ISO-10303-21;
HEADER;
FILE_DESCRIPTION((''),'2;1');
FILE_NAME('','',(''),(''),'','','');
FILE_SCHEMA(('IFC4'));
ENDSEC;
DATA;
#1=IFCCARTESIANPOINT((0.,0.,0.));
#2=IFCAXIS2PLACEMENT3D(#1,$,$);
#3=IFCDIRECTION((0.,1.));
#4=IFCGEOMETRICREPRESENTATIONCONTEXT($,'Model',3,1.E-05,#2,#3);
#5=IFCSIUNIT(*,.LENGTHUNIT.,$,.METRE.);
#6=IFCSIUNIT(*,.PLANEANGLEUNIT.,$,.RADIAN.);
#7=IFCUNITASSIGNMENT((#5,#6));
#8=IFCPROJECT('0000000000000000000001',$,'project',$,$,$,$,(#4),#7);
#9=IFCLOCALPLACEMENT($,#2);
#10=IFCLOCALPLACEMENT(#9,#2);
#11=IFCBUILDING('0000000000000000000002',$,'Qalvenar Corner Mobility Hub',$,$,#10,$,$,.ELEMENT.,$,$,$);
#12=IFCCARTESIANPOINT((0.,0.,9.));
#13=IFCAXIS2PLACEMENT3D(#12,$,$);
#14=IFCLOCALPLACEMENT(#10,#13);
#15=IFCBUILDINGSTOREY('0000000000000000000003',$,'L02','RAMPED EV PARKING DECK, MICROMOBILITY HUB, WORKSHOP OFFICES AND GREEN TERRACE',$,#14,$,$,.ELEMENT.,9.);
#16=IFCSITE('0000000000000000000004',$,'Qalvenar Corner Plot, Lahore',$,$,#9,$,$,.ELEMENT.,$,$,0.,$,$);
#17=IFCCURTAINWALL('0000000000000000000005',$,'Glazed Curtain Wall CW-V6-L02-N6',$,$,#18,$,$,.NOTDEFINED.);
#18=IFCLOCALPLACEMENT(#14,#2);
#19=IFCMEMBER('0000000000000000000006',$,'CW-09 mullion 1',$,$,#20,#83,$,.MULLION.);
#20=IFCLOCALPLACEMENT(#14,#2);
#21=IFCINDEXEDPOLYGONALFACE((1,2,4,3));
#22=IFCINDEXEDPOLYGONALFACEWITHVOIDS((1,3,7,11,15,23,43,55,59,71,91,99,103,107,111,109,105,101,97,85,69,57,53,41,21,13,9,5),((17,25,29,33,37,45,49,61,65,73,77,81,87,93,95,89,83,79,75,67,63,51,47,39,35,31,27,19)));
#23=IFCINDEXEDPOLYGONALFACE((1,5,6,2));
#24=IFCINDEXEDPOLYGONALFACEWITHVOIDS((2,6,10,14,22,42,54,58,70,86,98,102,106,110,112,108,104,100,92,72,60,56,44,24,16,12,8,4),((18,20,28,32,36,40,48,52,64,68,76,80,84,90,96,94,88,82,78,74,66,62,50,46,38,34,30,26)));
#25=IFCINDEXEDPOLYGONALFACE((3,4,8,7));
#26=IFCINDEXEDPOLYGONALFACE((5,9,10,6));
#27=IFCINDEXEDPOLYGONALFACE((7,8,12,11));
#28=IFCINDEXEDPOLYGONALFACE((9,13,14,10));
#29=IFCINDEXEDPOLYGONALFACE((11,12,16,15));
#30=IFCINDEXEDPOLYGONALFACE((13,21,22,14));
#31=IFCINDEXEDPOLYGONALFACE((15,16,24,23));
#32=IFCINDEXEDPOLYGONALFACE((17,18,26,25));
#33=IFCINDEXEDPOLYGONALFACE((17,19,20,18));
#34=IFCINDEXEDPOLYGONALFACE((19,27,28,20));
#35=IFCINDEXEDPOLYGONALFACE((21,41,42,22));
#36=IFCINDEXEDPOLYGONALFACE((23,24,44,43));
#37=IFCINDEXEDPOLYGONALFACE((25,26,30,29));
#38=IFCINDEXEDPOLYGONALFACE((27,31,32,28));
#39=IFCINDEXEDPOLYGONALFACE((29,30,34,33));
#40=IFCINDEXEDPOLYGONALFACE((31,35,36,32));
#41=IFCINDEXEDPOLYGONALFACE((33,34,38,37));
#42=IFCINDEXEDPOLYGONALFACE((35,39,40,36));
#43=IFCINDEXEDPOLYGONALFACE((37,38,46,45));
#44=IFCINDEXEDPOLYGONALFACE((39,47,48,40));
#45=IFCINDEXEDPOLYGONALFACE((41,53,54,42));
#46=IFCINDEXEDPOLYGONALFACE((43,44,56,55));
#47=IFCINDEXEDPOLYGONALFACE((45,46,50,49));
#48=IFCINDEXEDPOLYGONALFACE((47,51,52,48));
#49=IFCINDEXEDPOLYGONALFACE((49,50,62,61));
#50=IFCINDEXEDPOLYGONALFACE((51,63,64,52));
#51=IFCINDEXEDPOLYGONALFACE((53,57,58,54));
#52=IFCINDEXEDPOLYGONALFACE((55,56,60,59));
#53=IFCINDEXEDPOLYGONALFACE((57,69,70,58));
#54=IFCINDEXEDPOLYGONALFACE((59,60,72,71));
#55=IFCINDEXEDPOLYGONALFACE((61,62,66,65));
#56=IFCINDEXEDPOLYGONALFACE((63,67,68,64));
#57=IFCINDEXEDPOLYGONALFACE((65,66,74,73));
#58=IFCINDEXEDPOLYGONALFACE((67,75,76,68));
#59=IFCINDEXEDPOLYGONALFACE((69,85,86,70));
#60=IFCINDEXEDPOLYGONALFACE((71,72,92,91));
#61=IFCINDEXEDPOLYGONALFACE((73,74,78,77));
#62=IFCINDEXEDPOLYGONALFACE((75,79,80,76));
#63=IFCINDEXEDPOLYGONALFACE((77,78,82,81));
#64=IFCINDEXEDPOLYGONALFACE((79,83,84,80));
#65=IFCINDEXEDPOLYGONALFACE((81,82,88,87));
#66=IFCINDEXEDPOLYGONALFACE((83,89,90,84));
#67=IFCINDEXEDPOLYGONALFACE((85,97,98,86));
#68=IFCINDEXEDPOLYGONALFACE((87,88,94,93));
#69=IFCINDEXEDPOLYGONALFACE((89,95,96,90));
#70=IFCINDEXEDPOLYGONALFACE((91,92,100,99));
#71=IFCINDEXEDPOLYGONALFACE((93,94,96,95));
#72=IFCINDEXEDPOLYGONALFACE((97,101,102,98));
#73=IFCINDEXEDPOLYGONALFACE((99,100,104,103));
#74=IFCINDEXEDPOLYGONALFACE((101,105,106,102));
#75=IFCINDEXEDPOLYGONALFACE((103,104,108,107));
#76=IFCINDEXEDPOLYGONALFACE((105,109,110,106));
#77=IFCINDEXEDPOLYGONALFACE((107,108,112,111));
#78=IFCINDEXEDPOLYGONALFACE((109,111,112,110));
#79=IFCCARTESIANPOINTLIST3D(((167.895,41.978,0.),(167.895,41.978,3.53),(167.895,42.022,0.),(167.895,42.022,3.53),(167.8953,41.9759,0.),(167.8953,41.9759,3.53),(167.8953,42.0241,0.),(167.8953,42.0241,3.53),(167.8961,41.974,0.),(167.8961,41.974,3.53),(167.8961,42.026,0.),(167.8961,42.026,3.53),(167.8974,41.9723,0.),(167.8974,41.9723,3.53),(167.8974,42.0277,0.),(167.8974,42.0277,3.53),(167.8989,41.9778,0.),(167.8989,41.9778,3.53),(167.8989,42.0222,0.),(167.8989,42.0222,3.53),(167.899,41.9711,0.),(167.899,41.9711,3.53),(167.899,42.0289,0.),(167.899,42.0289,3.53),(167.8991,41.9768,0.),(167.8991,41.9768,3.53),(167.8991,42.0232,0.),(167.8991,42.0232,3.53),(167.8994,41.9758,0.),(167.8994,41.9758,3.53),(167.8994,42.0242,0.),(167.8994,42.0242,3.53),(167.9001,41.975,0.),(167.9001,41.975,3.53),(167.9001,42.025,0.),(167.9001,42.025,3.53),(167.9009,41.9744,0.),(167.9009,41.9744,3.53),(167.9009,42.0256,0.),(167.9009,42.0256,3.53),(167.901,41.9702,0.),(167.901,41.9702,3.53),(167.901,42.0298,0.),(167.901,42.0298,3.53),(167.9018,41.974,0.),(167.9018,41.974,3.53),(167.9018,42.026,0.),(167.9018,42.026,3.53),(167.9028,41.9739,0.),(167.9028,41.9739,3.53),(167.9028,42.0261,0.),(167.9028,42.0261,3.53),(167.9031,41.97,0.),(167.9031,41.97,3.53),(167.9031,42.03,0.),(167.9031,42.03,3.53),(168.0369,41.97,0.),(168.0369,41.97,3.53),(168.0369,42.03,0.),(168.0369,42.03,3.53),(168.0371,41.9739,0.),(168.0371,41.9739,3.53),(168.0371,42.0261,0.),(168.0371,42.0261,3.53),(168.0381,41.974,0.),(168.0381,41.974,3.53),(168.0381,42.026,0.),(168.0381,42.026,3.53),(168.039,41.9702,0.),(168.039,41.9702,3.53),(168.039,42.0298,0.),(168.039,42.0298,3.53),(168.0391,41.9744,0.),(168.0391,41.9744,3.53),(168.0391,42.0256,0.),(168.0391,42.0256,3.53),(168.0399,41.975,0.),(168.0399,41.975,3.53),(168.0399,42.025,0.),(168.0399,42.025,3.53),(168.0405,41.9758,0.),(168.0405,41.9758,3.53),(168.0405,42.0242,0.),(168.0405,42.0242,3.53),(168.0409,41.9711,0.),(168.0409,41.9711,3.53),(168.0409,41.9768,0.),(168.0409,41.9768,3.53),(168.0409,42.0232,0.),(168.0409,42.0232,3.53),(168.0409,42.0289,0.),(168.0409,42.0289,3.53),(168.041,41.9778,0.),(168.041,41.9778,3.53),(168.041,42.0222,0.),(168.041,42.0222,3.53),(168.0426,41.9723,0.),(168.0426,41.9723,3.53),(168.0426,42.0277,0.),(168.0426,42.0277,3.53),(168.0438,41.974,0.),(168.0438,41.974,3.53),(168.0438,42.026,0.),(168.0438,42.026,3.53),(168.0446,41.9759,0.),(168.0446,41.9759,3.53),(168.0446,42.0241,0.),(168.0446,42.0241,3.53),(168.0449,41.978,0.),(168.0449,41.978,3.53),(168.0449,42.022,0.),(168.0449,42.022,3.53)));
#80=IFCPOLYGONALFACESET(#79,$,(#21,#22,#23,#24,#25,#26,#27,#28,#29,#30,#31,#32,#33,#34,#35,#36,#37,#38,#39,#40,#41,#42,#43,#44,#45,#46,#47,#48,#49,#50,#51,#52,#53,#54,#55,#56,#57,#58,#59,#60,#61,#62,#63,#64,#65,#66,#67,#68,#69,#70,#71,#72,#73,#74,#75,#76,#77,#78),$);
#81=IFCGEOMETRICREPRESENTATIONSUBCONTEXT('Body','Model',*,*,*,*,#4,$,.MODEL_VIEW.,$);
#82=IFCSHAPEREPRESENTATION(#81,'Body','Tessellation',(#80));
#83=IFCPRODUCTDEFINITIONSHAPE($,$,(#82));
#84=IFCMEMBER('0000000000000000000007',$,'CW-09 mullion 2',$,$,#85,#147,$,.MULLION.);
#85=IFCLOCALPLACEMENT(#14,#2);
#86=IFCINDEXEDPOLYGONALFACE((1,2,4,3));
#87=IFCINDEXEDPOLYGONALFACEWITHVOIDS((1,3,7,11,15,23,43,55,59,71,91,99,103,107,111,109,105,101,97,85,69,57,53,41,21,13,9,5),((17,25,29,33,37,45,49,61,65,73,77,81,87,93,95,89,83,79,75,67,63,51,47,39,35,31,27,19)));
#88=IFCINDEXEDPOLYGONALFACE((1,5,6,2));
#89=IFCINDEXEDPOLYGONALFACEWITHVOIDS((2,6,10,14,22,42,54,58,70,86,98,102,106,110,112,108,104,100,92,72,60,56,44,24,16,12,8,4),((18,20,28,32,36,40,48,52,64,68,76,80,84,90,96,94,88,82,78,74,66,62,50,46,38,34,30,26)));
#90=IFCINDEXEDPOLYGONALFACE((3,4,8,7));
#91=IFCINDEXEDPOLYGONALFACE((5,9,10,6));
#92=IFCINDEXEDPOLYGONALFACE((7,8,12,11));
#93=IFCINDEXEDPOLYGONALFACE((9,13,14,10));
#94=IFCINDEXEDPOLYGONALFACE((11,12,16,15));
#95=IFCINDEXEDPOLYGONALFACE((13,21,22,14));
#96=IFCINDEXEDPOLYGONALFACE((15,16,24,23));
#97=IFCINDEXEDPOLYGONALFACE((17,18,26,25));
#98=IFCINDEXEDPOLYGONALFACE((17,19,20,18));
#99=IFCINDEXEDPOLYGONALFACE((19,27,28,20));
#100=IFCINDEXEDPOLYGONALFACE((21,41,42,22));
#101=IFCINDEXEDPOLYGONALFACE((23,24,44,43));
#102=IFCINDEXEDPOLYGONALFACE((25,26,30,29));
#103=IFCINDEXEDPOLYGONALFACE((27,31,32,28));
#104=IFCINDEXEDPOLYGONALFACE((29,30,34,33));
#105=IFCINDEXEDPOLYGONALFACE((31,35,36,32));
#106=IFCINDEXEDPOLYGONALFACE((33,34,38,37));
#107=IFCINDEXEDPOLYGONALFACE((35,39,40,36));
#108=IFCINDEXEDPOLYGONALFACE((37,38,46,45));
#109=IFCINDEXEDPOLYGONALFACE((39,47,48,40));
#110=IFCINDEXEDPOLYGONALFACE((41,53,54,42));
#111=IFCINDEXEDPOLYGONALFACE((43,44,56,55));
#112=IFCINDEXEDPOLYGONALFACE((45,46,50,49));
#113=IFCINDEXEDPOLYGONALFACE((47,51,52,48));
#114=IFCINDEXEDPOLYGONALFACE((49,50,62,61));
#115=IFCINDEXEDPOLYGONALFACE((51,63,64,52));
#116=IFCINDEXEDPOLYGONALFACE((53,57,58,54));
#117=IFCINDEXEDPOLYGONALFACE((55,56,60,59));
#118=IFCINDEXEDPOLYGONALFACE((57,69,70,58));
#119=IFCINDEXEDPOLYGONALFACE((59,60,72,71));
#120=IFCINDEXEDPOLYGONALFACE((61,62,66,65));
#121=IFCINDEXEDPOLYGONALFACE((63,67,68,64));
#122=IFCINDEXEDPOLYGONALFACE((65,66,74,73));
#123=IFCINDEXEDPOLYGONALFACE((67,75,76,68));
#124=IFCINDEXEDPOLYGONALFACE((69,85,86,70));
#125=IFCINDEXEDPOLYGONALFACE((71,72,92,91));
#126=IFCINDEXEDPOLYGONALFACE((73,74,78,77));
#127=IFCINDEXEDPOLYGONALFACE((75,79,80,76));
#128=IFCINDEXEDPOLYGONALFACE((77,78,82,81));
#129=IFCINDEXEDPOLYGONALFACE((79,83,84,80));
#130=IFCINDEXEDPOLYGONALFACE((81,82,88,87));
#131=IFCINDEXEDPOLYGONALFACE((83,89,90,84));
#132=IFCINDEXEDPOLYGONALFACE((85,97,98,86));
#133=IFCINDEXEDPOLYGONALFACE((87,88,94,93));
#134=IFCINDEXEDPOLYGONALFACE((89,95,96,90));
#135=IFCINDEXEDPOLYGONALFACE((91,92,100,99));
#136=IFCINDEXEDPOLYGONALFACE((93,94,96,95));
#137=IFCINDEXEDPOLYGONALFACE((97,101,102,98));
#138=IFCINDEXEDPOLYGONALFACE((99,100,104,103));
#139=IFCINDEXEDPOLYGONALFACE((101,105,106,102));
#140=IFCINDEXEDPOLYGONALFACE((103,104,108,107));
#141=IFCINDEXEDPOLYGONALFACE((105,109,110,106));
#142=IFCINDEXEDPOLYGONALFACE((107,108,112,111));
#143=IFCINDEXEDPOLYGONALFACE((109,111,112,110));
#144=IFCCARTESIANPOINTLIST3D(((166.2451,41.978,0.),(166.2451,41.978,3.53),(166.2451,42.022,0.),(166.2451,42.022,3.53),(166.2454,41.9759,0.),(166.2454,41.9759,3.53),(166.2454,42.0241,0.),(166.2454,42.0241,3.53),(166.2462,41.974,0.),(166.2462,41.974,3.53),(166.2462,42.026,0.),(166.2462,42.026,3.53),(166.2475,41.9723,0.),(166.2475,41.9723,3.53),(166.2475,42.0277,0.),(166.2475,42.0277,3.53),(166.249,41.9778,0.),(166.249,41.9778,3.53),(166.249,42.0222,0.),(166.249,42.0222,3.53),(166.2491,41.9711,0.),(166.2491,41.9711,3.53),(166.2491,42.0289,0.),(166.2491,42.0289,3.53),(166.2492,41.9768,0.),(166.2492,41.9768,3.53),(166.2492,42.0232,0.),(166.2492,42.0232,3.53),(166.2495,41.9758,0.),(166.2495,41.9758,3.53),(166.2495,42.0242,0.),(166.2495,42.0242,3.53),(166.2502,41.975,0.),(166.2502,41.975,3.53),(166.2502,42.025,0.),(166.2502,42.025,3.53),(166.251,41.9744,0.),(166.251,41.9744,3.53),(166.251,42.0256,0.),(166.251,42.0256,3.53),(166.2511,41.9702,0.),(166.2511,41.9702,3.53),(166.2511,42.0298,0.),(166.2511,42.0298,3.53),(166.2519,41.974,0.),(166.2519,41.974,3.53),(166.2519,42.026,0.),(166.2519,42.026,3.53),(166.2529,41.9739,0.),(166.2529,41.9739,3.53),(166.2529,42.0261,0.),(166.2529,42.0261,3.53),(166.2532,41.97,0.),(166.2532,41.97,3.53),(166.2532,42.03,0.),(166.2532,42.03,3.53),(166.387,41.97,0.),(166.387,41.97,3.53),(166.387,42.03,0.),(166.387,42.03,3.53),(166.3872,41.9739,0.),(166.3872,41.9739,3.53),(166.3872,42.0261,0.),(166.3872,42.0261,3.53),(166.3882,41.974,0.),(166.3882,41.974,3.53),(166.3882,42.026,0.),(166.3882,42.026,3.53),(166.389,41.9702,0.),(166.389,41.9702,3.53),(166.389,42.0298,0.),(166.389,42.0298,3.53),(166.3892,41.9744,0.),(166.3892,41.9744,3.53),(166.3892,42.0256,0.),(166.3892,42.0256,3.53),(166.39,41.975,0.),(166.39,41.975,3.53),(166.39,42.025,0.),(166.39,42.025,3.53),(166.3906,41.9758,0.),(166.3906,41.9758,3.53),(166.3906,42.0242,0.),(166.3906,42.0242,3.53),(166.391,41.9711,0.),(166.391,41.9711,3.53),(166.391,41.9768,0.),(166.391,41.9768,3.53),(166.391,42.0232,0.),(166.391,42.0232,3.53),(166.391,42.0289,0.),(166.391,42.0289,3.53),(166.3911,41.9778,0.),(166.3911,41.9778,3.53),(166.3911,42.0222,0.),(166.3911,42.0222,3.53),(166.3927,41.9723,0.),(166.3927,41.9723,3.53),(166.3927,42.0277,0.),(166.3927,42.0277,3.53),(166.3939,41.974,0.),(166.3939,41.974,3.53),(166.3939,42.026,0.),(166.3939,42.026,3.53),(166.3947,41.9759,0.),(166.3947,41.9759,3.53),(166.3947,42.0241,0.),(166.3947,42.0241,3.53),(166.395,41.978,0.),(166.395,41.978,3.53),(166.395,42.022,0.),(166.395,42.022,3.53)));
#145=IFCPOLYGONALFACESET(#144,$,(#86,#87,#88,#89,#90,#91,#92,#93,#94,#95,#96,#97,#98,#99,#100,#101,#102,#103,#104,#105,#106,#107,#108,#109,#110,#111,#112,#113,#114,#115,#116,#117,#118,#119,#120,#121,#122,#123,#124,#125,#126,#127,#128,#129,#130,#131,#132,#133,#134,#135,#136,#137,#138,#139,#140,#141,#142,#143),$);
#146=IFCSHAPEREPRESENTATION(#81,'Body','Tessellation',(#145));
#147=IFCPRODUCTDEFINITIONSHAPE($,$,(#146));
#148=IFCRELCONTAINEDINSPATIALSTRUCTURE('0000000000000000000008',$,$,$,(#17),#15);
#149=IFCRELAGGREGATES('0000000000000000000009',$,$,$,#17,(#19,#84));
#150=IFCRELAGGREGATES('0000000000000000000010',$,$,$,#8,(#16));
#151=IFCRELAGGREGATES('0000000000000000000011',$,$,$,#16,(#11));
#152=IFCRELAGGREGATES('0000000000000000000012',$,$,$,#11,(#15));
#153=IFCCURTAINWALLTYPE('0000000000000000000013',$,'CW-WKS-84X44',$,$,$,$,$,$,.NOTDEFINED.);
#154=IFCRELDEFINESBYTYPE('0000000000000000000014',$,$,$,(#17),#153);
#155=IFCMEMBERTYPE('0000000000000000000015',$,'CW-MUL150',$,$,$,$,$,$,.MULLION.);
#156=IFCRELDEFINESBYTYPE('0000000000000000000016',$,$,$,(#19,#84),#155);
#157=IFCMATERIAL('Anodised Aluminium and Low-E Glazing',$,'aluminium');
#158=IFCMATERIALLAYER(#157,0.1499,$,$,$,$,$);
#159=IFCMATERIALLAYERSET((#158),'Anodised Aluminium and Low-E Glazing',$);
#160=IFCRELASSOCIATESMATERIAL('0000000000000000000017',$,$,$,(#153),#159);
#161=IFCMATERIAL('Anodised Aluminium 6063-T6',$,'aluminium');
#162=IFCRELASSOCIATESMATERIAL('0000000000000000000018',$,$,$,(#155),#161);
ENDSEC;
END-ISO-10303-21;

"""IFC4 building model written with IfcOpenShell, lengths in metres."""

from ifc_helpers import new_model, si_unit, direction, frame, origin, origin_2d, place, context, subcontext, project, spatial, hollow_rectangle, extrude, material, layer, layer_set, material_profile, profile_set, type_object, element, aggregate, save


model = new_model("IFC4")

# Units and contexts
model_context = context("Model", 3, precision=1e-05, world=origin(), true_north=direction((0.0, 1.0)))
body_context = subcontext(model_context, "Body", "Model", "MODEL_VIEW")
ifc_project = project(units=[si_unit("LENGTHUNIT", "METRE"), si_unit("PLANEANGLEUNIT", "RADIAN")], contexts=[model_context])

# Site, building, storey
site_placement = place(None, origin())
site = spatial("IfcSite", under=ifc_project, at=site_placement, Name="Qalvenar Corner Plot, Lahore", CompositionType="ELEMENT", RefElevation=0.0)
building_placement = place(site_placement, origin())
building = spatial("IfcBuilding", under=site, at=building_placement, Name="Qalvenar Corner Mobility Hub", CompositionType="ELEMENT")
storey_placement = place(building_placement, frame((0.0, 0.0, 9.0)))
storey = spatial("IfcBuildingStorey", under=building, at=storey_placement, Name="L02", Description="RAMPED EV PARKING DECK, MICROMOBILITY HUB, WORKSHOP OFFICES AND GREEN TERRACE", CompositionType="ELEMENT", Elevation=9.0)

# Curtain wall, members
ifc_material_1 = material(Name="Anodised Aluminium and Low-E Glazing", Category="aluminium")
ifc_layer_1 = layer(ifc_material_1, 0.1499)
ifc_layer_set_1 = layer_set([ifc_layer_1], Name="Anodised Aluminium and Low-E Glazing")
curtain_wall_type = type_object("IfcCurtainWallType", Name="CW-WKS-84X44", PredefinedType="NOTDEFINED", material=ifc_layer_set_1)
curtain_wall_placement = place(storey_placement, origin())
curtain_wall = element("IfcCurtainWall", 1, at=curtain_wall_placement, inside=storey, type_object=curtain_wall_type, Name="Glazed Curtain Wall CW-V6-L02-N6", PredefinedType="NOTDEFINED")
ifc_material_2 = material(Name="Anodised Aluminium 6063-T6", Category="aluminium")
ifc_material_profile_1 = material_profile(ifc_material_2, hollow_rectangle(XDim=0.0601, YDim=0.1499, WallThickness=0.0039, InnerFilletRadius=0.0039, OuterFilletRadius=0.0081, at=origin_2d()), Name="RHS150x60x4")
ifc_profile_set_1 = profile_set([ifc_material_profile_1], Name="Anodised Aluminium 6063-T6")
member_type_1 = type_object("IfcMemberType", Name="CW-MUL150", PredefinedType="MULLION", material=ifc_profile_set_1)
member_1_placement = place(storey_placement, frame((167.97, 42.0, 0.0), z_axis=(0.0, 0.0, 1.0), x_axis=(0.0, -1.0, 0.0)))
member_1 = element("IfcMember", 2, at=member_1_placement, type_object=member_type_1, Name="CW-09 mullion 1", PredefinedType="MULLION", context=body_context, shape_type="SweptSolid", body=[
    extrude(hollow_rectangle(XDim=0.0601, YDim=0.1499, WallThickness=0.0039, InnerFilletRadius=0.0039, OuterFilletRadius=0.0081, at=origin_2d()), origin(), (0.0, 0.0, 1.0), 3.53),
])
member_2_placement = place(storey_placement, frame((166.3201, 42.0, 0.0), z_axis=(0.0, 0.0, 1.0), x_axis=(0.0, -1.0, 0.0)))
member_2 = element("IfcMember", 3, at=member_2_placement, type_object=member_type_1, Name="CW-09 mullion 2", PredefinedType="MULLION", context=body_context, shape_type="SweptSolid", body=[
    extrude(hollow_rectangle(XDim=0.0601, YDim=0.1499, WallThickness=0.0039, InnerFilletRadius=0.0039, OuterFilletRadius=0.0081, at=origin_2d()), origin(), (0.0, 0.0, 1.0), 3.53),
])
aggregate(curtain_wall, [member_1, member_2])

save(model, "model.ifc")
